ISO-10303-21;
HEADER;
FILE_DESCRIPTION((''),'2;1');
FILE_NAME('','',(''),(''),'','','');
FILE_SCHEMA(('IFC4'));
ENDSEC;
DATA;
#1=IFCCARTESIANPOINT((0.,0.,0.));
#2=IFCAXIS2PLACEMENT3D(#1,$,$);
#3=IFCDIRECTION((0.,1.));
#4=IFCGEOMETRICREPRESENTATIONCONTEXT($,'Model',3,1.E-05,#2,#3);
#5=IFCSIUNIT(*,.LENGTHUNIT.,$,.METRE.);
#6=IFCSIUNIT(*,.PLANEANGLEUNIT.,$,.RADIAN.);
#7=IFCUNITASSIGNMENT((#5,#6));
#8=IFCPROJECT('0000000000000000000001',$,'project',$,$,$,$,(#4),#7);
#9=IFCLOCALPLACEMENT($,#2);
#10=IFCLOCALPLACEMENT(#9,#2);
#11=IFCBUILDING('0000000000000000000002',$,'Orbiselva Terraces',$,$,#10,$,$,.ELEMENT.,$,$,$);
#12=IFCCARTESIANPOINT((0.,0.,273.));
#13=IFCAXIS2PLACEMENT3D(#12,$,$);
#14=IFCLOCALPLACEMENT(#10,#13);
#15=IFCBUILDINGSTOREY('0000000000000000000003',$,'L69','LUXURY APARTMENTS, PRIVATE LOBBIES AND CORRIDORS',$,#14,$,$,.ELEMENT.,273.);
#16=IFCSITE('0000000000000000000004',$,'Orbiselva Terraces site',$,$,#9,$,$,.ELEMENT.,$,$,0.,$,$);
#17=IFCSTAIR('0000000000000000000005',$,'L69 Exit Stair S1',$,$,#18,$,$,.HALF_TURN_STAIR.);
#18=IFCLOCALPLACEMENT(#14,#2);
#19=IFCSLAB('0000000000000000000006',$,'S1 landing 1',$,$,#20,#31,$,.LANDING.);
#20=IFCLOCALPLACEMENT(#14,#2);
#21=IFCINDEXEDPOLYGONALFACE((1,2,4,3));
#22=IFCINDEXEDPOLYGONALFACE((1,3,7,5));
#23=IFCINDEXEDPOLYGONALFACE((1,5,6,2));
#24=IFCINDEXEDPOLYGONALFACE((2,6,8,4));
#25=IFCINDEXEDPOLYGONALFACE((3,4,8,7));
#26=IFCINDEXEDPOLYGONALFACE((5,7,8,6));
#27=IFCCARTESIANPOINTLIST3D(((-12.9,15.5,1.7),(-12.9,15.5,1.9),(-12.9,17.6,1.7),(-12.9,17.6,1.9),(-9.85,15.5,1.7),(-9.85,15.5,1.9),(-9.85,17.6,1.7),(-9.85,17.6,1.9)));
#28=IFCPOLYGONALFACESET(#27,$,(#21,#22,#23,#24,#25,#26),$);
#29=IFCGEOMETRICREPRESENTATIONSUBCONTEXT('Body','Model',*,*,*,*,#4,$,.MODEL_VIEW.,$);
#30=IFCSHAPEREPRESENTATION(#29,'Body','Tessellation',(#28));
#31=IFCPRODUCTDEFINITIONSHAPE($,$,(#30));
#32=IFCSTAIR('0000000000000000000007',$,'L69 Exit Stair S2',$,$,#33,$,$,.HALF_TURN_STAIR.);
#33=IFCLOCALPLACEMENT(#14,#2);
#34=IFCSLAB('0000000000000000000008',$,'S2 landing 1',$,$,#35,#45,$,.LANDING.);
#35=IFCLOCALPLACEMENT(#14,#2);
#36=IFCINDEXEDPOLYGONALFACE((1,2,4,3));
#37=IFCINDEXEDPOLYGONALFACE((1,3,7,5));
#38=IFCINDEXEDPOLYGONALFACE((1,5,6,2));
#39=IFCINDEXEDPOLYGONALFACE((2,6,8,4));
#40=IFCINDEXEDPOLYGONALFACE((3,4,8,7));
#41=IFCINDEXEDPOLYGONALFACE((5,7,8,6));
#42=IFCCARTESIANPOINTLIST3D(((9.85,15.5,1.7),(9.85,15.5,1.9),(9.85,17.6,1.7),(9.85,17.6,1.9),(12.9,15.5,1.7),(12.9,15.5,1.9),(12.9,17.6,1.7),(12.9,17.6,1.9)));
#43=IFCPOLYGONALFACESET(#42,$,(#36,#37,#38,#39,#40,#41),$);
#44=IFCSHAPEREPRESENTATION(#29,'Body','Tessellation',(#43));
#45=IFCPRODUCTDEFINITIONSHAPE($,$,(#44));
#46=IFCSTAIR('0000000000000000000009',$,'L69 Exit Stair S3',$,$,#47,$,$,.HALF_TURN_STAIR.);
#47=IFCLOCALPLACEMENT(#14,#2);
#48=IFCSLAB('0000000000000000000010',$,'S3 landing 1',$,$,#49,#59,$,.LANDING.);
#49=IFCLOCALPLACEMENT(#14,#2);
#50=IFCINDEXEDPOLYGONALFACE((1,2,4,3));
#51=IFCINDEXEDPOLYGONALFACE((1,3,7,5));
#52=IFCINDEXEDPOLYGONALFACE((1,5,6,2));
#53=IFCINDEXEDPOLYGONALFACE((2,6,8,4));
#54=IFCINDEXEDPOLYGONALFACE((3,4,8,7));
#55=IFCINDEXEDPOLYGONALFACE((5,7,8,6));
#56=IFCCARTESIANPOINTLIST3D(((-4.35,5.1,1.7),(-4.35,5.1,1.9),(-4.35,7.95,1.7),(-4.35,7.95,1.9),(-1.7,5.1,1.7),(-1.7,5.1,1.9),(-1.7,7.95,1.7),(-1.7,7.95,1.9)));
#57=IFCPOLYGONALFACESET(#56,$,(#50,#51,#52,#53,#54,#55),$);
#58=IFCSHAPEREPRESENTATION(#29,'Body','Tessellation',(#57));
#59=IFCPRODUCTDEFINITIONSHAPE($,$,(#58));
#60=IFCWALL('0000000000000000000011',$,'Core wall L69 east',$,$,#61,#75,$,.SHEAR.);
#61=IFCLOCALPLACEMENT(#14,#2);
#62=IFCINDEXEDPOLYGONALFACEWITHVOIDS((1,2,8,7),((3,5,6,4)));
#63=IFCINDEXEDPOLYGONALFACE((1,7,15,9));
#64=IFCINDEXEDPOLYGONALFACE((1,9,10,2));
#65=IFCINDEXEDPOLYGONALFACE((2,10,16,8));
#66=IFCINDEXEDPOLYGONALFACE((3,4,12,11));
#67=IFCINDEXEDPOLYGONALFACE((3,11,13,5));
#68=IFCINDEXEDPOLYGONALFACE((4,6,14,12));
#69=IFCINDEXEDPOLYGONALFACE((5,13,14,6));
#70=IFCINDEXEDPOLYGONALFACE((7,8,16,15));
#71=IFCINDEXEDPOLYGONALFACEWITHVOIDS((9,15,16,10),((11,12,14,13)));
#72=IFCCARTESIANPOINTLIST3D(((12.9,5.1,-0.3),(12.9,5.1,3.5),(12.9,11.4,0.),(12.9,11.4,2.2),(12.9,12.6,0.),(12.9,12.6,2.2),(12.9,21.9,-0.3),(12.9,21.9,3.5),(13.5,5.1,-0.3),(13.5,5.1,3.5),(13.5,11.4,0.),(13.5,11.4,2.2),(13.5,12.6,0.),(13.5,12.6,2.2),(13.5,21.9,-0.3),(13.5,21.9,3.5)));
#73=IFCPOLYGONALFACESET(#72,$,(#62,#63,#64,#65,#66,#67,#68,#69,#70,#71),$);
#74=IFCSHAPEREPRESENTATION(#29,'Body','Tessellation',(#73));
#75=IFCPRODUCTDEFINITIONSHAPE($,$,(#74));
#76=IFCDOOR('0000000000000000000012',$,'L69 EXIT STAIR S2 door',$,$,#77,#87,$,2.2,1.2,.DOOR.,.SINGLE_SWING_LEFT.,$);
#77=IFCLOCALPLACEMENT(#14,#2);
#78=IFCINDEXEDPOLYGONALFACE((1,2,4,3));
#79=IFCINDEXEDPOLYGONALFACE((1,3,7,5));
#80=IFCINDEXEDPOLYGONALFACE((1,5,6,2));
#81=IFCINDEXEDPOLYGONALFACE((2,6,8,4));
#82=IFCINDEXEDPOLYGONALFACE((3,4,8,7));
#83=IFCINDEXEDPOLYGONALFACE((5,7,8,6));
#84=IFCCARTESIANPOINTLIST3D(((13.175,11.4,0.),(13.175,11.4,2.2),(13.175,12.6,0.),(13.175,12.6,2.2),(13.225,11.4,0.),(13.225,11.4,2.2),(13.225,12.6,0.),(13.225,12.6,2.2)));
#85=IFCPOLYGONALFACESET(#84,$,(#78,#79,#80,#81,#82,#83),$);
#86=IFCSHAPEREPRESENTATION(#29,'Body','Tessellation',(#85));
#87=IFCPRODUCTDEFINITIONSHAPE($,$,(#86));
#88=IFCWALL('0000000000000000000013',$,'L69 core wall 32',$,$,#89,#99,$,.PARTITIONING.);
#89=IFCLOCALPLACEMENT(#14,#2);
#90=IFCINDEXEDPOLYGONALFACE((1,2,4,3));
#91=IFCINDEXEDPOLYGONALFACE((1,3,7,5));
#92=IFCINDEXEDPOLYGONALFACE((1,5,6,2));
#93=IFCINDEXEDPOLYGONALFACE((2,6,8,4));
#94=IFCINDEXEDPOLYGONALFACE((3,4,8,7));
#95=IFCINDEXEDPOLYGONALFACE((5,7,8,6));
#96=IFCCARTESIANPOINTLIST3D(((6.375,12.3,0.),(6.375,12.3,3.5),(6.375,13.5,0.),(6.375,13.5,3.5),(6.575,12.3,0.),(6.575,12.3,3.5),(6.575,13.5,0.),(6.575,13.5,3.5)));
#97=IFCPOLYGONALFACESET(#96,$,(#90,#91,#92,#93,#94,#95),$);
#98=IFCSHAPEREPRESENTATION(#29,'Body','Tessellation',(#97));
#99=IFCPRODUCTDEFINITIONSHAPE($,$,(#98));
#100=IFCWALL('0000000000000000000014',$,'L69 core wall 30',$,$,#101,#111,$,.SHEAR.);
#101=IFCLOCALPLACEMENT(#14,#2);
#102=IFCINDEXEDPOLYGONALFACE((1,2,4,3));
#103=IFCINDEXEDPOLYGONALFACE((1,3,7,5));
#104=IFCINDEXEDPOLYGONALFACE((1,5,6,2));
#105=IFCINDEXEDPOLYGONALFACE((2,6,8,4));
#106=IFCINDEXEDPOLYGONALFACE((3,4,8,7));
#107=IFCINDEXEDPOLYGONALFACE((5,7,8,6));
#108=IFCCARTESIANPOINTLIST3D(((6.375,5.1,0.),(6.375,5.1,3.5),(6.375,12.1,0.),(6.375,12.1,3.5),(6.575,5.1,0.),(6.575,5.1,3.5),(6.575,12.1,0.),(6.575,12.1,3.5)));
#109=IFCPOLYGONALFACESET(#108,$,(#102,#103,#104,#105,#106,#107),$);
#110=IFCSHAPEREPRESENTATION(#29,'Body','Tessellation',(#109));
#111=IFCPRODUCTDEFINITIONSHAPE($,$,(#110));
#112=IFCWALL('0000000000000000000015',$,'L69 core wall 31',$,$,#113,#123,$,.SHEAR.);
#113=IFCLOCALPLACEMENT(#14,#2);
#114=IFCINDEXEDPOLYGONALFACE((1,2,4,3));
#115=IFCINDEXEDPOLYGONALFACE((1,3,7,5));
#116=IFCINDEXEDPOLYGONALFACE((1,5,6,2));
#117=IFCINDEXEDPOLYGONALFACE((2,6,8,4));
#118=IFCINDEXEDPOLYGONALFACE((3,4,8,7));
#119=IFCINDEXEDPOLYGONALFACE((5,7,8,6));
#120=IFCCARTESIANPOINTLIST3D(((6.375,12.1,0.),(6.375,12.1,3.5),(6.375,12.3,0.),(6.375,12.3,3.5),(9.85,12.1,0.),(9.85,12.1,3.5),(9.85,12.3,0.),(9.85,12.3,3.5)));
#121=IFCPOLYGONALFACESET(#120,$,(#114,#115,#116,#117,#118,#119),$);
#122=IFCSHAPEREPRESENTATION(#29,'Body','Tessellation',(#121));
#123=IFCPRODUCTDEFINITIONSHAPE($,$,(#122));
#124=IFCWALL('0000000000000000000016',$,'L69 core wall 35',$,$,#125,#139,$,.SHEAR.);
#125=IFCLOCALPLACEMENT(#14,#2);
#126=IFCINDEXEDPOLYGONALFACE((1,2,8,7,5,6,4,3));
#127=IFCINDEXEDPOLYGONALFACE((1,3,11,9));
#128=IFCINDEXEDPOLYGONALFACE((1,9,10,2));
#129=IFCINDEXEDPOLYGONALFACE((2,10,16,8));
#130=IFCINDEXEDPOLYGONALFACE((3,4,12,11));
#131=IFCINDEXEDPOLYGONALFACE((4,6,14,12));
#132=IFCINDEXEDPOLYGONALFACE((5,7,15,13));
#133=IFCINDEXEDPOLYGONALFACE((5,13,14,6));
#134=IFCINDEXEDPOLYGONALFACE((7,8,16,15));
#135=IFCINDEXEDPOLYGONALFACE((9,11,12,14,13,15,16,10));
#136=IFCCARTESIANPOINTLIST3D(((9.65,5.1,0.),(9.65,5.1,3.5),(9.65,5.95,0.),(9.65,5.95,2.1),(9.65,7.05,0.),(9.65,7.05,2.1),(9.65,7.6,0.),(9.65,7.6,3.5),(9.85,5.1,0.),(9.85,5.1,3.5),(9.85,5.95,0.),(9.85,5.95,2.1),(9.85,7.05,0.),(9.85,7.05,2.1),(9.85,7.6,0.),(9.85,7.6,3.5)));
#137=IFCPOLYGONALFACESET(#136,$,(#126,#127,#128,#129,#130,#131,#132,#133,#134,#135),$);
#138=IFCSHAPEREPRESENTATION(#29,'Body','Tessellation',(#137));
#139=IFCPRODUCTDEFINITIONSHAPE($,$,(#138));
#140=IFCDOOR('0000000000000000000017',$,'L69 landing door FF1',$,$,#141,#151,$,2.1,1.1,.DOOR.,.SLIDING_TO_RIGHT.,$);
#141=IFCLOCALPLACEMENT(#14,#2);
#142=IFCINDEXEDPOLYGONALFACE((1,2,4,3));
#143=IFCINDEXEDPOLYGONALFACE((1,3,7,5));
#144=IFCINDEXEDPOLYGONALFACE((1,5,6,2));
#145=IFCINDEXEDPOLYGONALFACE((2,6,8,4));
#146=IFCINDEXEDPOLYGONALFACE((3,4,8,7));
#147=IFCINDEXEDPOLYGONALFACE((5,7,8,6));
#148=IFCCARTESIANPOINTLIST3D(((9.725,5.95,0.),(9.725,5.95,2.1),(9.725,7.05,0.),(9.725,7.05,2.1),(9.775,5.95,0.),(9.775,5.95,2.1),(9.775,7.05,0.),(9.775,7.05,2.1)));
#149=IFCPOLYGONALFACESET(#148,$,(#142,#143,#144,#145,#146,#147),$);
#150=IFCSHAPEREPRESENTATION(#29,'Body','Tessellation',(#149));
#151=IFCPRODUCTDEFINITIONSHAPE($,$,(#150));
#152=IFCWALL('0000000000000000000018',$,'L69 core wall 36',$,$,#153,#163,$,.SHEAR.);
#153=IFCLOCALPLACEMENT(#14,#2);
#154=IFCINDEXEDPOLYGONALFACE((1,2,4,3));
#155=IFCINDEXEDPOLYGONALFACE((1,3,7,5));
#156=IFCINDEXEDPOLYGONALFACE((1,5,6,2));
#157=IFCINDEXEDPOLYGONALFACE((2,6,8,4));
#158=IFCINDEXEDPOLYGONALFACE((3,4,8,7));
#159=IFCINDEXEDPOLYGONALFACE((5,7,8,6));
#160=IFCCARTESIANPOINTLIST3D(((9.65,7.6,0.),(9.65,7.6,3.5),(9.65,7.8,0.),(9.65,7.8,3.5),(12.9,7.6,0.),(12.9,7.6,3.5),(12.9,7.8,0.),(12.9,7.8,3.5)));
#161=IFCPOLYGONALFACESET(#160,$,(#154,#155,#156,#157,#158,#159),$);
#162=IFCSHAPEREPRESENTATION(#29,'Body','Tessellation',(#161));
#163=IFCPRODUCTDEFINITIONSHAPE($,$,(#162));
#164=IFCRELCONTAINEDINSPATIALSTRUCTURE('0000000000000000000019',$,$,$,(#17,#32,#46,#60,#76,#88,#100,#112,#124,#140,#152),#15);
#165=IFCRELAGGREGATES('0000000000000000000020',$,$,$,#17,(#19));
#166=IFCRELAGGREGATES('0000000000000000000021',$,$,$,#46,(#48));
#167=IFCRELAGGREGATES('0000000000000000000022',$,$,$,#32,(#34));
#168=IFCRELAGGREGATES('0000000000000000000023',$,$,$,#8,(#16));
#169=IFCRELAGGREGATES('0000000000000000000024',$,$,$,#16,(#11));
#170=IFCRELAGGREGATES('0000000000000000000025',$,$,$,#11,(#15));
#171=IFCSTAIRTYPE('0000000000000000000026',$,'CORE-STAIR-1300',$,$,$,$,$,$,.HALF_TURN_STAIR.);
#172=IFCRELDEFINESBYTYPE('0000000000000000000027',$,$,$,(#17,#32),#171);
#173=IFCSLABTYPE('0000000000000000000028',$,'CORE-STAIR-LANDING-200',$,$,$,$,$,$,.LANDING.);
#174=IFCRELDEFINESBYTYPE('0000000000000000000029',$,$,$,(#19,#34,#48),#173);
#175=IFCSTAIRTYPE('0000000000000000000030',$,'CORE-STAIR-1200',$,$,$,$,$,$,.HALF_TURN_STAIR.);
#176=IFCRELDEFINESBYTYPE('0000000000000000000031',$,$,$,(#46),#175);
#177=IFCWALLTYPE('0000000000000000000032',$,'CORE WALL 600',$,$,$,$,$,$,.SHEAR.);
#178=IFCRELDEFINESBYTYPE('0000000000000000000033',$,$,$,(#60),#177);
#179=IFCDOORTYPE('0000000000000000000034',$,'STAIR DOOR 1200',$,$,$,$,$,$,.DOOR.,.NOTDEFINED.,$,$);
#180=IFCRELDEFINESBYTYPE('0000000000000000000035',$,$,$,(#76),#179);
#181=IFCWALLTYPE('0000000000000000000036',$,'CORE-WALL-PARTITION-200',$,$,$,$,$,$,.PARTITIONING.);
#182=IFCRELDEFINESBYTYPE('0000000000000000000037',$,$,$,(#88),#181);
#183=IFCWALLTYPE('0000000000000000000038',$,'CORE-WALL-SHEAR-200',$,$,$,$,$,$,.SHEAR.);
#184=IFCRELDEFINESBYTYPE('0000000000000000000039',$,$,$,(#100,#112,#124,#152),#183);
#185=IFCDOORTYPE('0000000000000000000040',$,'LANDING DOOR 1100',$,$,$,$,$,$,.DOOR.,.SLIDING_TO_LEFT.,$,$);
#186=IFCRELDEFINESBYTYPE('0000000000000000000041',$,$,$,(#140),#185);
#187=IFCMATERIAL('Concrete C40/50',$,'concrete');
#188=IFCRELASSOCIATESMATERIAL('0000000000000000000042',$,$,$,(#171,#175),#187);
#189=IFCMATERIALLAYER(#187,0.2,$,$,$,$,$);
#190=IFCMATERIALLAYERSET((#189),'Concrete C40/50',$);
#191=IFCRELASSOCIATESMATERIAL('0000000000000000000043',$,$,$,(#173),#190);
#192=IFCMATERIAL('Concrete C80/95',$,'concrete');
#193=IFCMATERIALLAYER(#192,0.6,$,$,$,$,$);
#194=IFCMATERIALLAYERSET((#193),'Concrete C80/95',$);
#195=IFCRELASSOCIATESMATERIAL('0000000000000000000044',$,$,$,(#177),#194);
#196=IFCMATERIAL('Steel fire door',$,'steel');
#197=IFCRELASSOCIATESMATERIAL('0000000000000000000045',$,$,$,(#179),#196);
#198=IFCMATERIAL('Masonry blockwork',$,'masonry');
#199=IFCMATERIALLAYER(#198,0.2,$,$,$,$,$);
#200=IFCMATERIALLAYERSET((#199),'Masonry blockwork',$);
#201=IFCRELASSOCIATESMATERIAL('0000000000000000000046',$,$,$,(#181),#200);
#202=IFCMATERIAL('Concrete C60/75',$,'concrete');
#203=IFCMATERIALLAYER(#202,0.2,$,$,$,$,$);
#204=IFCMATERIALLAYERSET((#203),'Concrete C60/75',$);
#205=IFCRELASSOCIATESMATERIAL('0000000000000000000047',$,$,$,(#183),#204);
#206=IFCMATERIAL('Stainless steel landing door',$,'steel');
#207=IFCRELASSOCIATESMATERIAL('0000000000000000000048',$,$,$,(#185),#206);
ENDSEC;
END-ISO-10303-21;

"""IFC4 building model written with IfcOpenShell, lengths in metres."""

from ifc_helpers import new_model, si_unit, direction, frame, frame_2d, origin, place, context, subcontext, project, spatial, polyline, rectangle, outline, extrude, material, layer, layer_set, type_object, element, fill, aggregate, save


model = new_model("IFC4")

# Units and contexts
model_context = context("Model", 3, precision=1e-05, world=origin(), true_north=direction((0.0, 1.0)))
body_context = subcontext(model_context, "Body", "Model", "MODEL_VIEW")
ifc_project = project(units=[si_unit("LENGTHUNIT", "METRE"), si_unit("PLANEANGLEUNIT", "RADIAN")], contexts=[model_context])

# Site, building, storey
site_placement = place(None, origin())
site = spatial("IfcSite", under=ifc_project, at=site_placement, Name="Orbiselva Terraces site", CompositionType="ELEMENT", RefElevation=0.0)
building_placement = place(site_placement, origin())
building = spatial("IfcBuilding", under=site, at=building_placement, Name="Orbiselva Terraces", CompositionType="ELEMENT")
storey_placement = place(building_placement, frame((0.0, 0.0, 273.0)))
storey = spatial("IfcBuildingStorey", under=building, at=storey_placement, Name="L69", Description="LUXURY APARTMENTS, PRIVATE LOBBIES AND CORRIDORS", CompositionType="ELEMENT", Elevation=273.0)

# Stairs, slabs
ifc_material_1 = material(Name="Concrete C40/50", Category="concrete")
stair_type_1 = type_object("IfcStairType", Name="CORE-STAIR-1300", PredefinedType="HALF_TURN_STAIR", material=ifc_material_1)
stair_1_placement = place(storey_placement, origin())
stair_1 = element("IfcStair", 1, at=stair_1_placement, inside=storey, type_object=stair_type_1, Name="L69 Exit Stair S1", PredefinedType="HALF_TURN_STAIR")
ifc_layer_1 = layer(ifc_material_1, 0.2)
ifc_layer_set_1 = layer_set([ifc_layer_1], Name="Concrete C40/50")
slab_type = type_object("IfcSlabType", Name="CORE-STAIR-LANDING-200", PredefinedType="LANDING", material=ifc_layer_set_1)
slab_1_placement = place(storey_placement, frame((0.0, 0.0, 1.7)))
slab_1 = element("IfcSlab", 2, at=slab_1_placement, type_object=slab_type, Name="S1 landing 1", PredefinedType="LANDING", context=body_context, shape_type="SweptSolid", body=[
    extrude(outline(polyline([(-9.85, 15.5), (-9.85, 17.6), (-12.9, 17.6), (-12.9, 15.5), (-9.85, 15.5)])), origin(), (0.0, 0.0, 1.0), 0.2),
])
aggregate(stair_1, [slab_1])
stair_2_placement = place(storey_placement, origin())
stair_2 = element("IfcStair", 3, at=stair_2_placement, inside=storey, type_object=stair_type_1, Name="L69 Exit Stair S2", PredefinedType="HALF_TURN_STAIR")
slab_2_placement = place(storey_placement, frame((0.0, 0.0, 1.7)))
slab_2 = element("IfcSlab", 4, at=slab_2_placement, type_object=slab_type, Name="S2 landing 1", PredefinedType="LANDING", context=body_context, shape_type="SweptSolid", body=[
    extrude(outline(polyline([(12.9, 15.5), (12.9, 17.6), (9.85, 17.6), (9.85, 15.5), (12.9, 15.5)])), origin(), (0.0, 0.0, 1.0), 0.2),
])
stair_type_2 = type_object("IfcStairType", Name="CORE-STAIR-1200", PredefinedType="HALF_TURN_STAIR", material=ifc_material_1)
stair_3_placement = place(storey_placement, origin())
stair_3 = element("IfcStair", 5, at=stair_3_placement, inside=storey, type_object=stair_type_2, Name="L69 Exit Stair S3", PredefinedType="HALF_TURN_STAIR")
slab_3_placement = place(storey_placement, frame((0.0, 0.0, 1.7)))
slab_3 = element("IfcSlab", 6, at=slab_3_placement, type_object=slab_type, Name="S3 landing 1", PredefinedType="LANDING", context=body_context, shape_type="SweptSolid", body=[
    extrude(outline(polyline([(-4.35, 5.1), (-1.7, 5.1), (-1.7, 7.95), (-4.35, 7.95), (-4.35, 5.1)])), origin(), (0.0, 0.0, 1.0), 0.2),
])
aggregate(stair_3, [slab_3])

# Wall, opening, door
ifc_material_2 = material(Name="Concrete C80/95", Category="concrete")
ifc_layer_2 = layer(ifc_material_2, 0.6)
ifc_layer_set_2 = layer_set([ifc_layer_2], Name="Concrete C80/95")
wall_type_1 = type_object("IfcWallType", Name="CORE WALL 600", PredefinedType="SHEAR", material=ifc_layer_set_2)
wall_1_placement = place(storey_placement, frame((13.2, 5.1, -0.3), z_axis=(0.0, 0.0, 1.0), x_axis=(0.0, 1.0, 0.0)))
wall_1 = element("IfcWall", 7, at=wall_1_placement, inside=storey, type_object=wall_type_1, Name="Core wall L69 east", PredefinedType="SHEAR", context=body_context, shape_type="SweptSolid", body=[
    extrude(rectangle(XDim=16.8, YDim=0.6, at=frame_2d((8.4, 0.0))), origin(), (0.0, 0.0, 1.0), 3.8),
])
opening_1_placement = place(wall_1_placement, frame((6.3, 0.0, 0.3)))
opening_1 = element("IfcOpeningElement", 8, at=opening_1_placement, cuts=wall_1, PredefinedType="OPENING", context=body_context, shape_type="SweptSolid", body=[
    extrude(rectangle(XDim=1.2, YDim=2.2, at=frame_2d((0.6, 1.1))), frame((0.0, 0.31, 0.0), z_axis=(0.0, -1.0, 0.0), x_axis=(1.0, 0.0, 0.0)), (0.0, 0.0, 1.0), 0.62),
])
ifc_material_3 = material(Name="Steel fire door", Category="steel")
door_type_1 = type_object("IfcDoorType", Name="STAIR DOOR 1200", OperationType="NOTDEFINED", PredefinedType="DOOR", material=ifc_material_3)
door_1_placement = place(opening_1_placement, frame((1.2, 0.0, 0.0), z_axis=(0.0, 0.0, 1.0), x_axis=(-1.0, 0.0, 0.0)))
door_1 = element("IfcDoor", 9, at=door_1_placement, inside=storey, type_object=door_type_1, Name="L69 EXIT STAIR S2 door", OperationType="SINGLE_SWING_LEFT", OverallHeight=2.2, OverallWidth=1.2, PredefinedType="DOOR", context=body_context, shape_type="SweptSolid", body=[
    extrude(rectangle(XDim=1.2, YDim=2.2, at=frame_2d((0.6, 1.1))), frame((0.0, 0.025, 0.0), z_axis=(0.0, -1.0, 0.0), x_axis=(1.0, 0.0, 0.0)), (0.0, 0.0, 1.0), 0.05),
])
fill(opening_1, door_1)

# Walls
ifc_material_4 = material(Name="Masonry blockwork", Category="masonry")
ifc_layer_3 = layer(ifc_material_4, 0.2)
ifc_layer_set_3 = layer_set([ifc_layer_3], Name="Masonry blockwork")
wall_type_2 = type_object("IfcWallType", Name="CORE-WALL-PARTITION-200", PredefinedType="PARTITIONING", material=ifc_layer_set_3)
wall_2_placement = place(storey_placement, frame((6.475, 12.3, 0.0), z_axis=(0.0, 0.0, 1.0), x_axis=(0.0, 1.0, 0.0)))
element("IfcWall", 10, at=wall_2_placement, inside=storey, type_object=wall_type_2, Name="L69 core wall 32", PredefinedType="PARTITIONING", context=body_context, shape_type="SweptSolid", body=[
    extrude(rectangle(XDim=1.2, YDim=0.2, at=frame_2d((0.6, 0.0))), origin(), (0.0, 0.0, 1.0), 3.5),
])
ifc_material_5 = material(Name="Concrete C60/75", Category="concrete")
ifc_layer_4 = layer(ifc_material_5, 0.2)
ifc_layer_set_4 = layer_set([ifc_layer_4], Name="Concrete C60/75")
wall_type_3 = type_object("IfcWallType", Name="CORE-WALL-SHEAR-200", PredefinedType="SHEAR", material=ifc_layer_set_4)
wall_3_placement = place(storey_placement, frame((6.475, 5.1, 0.0), z_axis=(0.0, 0.0, 1.0), x_axis=(0.0, 1.0, 0.0)))
element("IfcWall", 11, at=wall_3_placement, inside=storey, type_object=wall_type_3, Name="L69 core wall 30", PredefinedType="SHEAR", context=body_context, shape_type="SweptSolid", body=[
    extrude(rectangle(XDim=7.0, YDim=0.2, at=frame_2d((3.5, 0.0))), origin(), (0.0, 0.0, 1.0), 3.5),
])
wall_4_placement = place(storey_placement, frame((6.375, 12.2, 0.0), z_axis=(0.0, 0.0, 1.0), x_axis=(1.0, 0.0, 0.0)))
element("IfcWall", 12, at=wall_4_placement, inside=storey, type_object=wall_type_3, Name="L69 core wall 31", PredefinedType="SHEAR", context=body_context, shape_type="SweptSolid", body=[
    extrude(rectangle(XDim=3.475, YDim=0.2, at=frame_2d((1.7375, 0.0))), origin(), (0.0, 0.0, 1.0), 3.5),
])

# Wall, opening, door
wall_5_placement = place(storey_placement, frame((9.75, 5.1, 0.0), z_axis=(0.0, 0.0, 1.0), x_axis=(0.0, 1.0, 0.0)))
wall_5 = element("IfcWall", 13, at=wall_5_placement, inside=storey, type_object=wall_type_3, Name="L69 core wall 35", PredefinedType="SHEAR", context=body_context, shape_type="SweptSolid", body=[
    extrude(rectangle(XDim=2.5, YDim=0.2, at=frame_2d((1.25, 0.0))), origin(), (0.0, 0.0, 1.0), 3.5),
])
opening_2_placement = place(wall_5_placement, frame((0.85, 0.0, 0.0)))
opening_2 = element("IfcOpeningElement", 14, at=opening_2_placement, cuts=wall_5, PredefinedType="OPENING", context=body_context, shape_type="SweptSolid", body=[
    extrude(rectangle(XDim=1.1, YDim=2.1, at=frame_2d((0.55, 1.05))), frame((0.0, 0.11, 0.0), z_axis=(0.0, -1.0, 0.0), x_axis=(1.0, 0.0, 0.0)), (0.0, 0.0, 1.0), 0.22),
])
ifc_material_6 = material(Name="Stainless steel landing door", Category="steel")
door_type_2 = type_object("IfcDoorType", Name="LANDING DOOR 1100", OperationType="SLIDING_TO_LEFT", PredefinedType="DOOR", material=ifc_material_6)
door_2_placement = place(opening_2_placement, origin())
door_2 = element("IfcDoor", 15, at=door_2_placement, inside=storey, type_object=door_type_2, Name="L69 landing door FF1", OperationType="SLIDING_TO_RIGHT", OverallHeight=2.1, OverallWidth=1.1, PredefinedType="DOOR", context=body_context, shape_type="SweptSolid", body=[
    extrude(rectangle(XDim=1.1, YDim=2.1, at=frame_2d((0.55, 1.05))), frame((0.0, 0.025, 0.0), z_axis=(0.0, -1.0, 0.0), x_axis=(1.0, 0.0, 0.0)), (0.0, 0.0, 1.0), 0.05),
])
fill(opening_2, door_2)

# Wall
wall_6_placement = place(storey_placement, frame((9.65, 7.7, 0.0), z_axis=(0.0, 0.0, 1.0), x_axis=(1.0, 0.0, 0.0)))
element("IfcWall", 16, at=wall_6_placement, inside=storey, type_object=wall_type_3, Name="L69 core wall 36", PredefinedType="SHEAR", context=body_context, shape_type="SweptSolid", body=[
    extrude(rectangle(XDim=3.25, YDim=0.2, at=frame_2d((1.625, 0.0))), origin(), (0.0, 0.0, 1.0), 3.5),
])

aggregate(stair_2, [slab_2])

save(model, "model.ifc")
